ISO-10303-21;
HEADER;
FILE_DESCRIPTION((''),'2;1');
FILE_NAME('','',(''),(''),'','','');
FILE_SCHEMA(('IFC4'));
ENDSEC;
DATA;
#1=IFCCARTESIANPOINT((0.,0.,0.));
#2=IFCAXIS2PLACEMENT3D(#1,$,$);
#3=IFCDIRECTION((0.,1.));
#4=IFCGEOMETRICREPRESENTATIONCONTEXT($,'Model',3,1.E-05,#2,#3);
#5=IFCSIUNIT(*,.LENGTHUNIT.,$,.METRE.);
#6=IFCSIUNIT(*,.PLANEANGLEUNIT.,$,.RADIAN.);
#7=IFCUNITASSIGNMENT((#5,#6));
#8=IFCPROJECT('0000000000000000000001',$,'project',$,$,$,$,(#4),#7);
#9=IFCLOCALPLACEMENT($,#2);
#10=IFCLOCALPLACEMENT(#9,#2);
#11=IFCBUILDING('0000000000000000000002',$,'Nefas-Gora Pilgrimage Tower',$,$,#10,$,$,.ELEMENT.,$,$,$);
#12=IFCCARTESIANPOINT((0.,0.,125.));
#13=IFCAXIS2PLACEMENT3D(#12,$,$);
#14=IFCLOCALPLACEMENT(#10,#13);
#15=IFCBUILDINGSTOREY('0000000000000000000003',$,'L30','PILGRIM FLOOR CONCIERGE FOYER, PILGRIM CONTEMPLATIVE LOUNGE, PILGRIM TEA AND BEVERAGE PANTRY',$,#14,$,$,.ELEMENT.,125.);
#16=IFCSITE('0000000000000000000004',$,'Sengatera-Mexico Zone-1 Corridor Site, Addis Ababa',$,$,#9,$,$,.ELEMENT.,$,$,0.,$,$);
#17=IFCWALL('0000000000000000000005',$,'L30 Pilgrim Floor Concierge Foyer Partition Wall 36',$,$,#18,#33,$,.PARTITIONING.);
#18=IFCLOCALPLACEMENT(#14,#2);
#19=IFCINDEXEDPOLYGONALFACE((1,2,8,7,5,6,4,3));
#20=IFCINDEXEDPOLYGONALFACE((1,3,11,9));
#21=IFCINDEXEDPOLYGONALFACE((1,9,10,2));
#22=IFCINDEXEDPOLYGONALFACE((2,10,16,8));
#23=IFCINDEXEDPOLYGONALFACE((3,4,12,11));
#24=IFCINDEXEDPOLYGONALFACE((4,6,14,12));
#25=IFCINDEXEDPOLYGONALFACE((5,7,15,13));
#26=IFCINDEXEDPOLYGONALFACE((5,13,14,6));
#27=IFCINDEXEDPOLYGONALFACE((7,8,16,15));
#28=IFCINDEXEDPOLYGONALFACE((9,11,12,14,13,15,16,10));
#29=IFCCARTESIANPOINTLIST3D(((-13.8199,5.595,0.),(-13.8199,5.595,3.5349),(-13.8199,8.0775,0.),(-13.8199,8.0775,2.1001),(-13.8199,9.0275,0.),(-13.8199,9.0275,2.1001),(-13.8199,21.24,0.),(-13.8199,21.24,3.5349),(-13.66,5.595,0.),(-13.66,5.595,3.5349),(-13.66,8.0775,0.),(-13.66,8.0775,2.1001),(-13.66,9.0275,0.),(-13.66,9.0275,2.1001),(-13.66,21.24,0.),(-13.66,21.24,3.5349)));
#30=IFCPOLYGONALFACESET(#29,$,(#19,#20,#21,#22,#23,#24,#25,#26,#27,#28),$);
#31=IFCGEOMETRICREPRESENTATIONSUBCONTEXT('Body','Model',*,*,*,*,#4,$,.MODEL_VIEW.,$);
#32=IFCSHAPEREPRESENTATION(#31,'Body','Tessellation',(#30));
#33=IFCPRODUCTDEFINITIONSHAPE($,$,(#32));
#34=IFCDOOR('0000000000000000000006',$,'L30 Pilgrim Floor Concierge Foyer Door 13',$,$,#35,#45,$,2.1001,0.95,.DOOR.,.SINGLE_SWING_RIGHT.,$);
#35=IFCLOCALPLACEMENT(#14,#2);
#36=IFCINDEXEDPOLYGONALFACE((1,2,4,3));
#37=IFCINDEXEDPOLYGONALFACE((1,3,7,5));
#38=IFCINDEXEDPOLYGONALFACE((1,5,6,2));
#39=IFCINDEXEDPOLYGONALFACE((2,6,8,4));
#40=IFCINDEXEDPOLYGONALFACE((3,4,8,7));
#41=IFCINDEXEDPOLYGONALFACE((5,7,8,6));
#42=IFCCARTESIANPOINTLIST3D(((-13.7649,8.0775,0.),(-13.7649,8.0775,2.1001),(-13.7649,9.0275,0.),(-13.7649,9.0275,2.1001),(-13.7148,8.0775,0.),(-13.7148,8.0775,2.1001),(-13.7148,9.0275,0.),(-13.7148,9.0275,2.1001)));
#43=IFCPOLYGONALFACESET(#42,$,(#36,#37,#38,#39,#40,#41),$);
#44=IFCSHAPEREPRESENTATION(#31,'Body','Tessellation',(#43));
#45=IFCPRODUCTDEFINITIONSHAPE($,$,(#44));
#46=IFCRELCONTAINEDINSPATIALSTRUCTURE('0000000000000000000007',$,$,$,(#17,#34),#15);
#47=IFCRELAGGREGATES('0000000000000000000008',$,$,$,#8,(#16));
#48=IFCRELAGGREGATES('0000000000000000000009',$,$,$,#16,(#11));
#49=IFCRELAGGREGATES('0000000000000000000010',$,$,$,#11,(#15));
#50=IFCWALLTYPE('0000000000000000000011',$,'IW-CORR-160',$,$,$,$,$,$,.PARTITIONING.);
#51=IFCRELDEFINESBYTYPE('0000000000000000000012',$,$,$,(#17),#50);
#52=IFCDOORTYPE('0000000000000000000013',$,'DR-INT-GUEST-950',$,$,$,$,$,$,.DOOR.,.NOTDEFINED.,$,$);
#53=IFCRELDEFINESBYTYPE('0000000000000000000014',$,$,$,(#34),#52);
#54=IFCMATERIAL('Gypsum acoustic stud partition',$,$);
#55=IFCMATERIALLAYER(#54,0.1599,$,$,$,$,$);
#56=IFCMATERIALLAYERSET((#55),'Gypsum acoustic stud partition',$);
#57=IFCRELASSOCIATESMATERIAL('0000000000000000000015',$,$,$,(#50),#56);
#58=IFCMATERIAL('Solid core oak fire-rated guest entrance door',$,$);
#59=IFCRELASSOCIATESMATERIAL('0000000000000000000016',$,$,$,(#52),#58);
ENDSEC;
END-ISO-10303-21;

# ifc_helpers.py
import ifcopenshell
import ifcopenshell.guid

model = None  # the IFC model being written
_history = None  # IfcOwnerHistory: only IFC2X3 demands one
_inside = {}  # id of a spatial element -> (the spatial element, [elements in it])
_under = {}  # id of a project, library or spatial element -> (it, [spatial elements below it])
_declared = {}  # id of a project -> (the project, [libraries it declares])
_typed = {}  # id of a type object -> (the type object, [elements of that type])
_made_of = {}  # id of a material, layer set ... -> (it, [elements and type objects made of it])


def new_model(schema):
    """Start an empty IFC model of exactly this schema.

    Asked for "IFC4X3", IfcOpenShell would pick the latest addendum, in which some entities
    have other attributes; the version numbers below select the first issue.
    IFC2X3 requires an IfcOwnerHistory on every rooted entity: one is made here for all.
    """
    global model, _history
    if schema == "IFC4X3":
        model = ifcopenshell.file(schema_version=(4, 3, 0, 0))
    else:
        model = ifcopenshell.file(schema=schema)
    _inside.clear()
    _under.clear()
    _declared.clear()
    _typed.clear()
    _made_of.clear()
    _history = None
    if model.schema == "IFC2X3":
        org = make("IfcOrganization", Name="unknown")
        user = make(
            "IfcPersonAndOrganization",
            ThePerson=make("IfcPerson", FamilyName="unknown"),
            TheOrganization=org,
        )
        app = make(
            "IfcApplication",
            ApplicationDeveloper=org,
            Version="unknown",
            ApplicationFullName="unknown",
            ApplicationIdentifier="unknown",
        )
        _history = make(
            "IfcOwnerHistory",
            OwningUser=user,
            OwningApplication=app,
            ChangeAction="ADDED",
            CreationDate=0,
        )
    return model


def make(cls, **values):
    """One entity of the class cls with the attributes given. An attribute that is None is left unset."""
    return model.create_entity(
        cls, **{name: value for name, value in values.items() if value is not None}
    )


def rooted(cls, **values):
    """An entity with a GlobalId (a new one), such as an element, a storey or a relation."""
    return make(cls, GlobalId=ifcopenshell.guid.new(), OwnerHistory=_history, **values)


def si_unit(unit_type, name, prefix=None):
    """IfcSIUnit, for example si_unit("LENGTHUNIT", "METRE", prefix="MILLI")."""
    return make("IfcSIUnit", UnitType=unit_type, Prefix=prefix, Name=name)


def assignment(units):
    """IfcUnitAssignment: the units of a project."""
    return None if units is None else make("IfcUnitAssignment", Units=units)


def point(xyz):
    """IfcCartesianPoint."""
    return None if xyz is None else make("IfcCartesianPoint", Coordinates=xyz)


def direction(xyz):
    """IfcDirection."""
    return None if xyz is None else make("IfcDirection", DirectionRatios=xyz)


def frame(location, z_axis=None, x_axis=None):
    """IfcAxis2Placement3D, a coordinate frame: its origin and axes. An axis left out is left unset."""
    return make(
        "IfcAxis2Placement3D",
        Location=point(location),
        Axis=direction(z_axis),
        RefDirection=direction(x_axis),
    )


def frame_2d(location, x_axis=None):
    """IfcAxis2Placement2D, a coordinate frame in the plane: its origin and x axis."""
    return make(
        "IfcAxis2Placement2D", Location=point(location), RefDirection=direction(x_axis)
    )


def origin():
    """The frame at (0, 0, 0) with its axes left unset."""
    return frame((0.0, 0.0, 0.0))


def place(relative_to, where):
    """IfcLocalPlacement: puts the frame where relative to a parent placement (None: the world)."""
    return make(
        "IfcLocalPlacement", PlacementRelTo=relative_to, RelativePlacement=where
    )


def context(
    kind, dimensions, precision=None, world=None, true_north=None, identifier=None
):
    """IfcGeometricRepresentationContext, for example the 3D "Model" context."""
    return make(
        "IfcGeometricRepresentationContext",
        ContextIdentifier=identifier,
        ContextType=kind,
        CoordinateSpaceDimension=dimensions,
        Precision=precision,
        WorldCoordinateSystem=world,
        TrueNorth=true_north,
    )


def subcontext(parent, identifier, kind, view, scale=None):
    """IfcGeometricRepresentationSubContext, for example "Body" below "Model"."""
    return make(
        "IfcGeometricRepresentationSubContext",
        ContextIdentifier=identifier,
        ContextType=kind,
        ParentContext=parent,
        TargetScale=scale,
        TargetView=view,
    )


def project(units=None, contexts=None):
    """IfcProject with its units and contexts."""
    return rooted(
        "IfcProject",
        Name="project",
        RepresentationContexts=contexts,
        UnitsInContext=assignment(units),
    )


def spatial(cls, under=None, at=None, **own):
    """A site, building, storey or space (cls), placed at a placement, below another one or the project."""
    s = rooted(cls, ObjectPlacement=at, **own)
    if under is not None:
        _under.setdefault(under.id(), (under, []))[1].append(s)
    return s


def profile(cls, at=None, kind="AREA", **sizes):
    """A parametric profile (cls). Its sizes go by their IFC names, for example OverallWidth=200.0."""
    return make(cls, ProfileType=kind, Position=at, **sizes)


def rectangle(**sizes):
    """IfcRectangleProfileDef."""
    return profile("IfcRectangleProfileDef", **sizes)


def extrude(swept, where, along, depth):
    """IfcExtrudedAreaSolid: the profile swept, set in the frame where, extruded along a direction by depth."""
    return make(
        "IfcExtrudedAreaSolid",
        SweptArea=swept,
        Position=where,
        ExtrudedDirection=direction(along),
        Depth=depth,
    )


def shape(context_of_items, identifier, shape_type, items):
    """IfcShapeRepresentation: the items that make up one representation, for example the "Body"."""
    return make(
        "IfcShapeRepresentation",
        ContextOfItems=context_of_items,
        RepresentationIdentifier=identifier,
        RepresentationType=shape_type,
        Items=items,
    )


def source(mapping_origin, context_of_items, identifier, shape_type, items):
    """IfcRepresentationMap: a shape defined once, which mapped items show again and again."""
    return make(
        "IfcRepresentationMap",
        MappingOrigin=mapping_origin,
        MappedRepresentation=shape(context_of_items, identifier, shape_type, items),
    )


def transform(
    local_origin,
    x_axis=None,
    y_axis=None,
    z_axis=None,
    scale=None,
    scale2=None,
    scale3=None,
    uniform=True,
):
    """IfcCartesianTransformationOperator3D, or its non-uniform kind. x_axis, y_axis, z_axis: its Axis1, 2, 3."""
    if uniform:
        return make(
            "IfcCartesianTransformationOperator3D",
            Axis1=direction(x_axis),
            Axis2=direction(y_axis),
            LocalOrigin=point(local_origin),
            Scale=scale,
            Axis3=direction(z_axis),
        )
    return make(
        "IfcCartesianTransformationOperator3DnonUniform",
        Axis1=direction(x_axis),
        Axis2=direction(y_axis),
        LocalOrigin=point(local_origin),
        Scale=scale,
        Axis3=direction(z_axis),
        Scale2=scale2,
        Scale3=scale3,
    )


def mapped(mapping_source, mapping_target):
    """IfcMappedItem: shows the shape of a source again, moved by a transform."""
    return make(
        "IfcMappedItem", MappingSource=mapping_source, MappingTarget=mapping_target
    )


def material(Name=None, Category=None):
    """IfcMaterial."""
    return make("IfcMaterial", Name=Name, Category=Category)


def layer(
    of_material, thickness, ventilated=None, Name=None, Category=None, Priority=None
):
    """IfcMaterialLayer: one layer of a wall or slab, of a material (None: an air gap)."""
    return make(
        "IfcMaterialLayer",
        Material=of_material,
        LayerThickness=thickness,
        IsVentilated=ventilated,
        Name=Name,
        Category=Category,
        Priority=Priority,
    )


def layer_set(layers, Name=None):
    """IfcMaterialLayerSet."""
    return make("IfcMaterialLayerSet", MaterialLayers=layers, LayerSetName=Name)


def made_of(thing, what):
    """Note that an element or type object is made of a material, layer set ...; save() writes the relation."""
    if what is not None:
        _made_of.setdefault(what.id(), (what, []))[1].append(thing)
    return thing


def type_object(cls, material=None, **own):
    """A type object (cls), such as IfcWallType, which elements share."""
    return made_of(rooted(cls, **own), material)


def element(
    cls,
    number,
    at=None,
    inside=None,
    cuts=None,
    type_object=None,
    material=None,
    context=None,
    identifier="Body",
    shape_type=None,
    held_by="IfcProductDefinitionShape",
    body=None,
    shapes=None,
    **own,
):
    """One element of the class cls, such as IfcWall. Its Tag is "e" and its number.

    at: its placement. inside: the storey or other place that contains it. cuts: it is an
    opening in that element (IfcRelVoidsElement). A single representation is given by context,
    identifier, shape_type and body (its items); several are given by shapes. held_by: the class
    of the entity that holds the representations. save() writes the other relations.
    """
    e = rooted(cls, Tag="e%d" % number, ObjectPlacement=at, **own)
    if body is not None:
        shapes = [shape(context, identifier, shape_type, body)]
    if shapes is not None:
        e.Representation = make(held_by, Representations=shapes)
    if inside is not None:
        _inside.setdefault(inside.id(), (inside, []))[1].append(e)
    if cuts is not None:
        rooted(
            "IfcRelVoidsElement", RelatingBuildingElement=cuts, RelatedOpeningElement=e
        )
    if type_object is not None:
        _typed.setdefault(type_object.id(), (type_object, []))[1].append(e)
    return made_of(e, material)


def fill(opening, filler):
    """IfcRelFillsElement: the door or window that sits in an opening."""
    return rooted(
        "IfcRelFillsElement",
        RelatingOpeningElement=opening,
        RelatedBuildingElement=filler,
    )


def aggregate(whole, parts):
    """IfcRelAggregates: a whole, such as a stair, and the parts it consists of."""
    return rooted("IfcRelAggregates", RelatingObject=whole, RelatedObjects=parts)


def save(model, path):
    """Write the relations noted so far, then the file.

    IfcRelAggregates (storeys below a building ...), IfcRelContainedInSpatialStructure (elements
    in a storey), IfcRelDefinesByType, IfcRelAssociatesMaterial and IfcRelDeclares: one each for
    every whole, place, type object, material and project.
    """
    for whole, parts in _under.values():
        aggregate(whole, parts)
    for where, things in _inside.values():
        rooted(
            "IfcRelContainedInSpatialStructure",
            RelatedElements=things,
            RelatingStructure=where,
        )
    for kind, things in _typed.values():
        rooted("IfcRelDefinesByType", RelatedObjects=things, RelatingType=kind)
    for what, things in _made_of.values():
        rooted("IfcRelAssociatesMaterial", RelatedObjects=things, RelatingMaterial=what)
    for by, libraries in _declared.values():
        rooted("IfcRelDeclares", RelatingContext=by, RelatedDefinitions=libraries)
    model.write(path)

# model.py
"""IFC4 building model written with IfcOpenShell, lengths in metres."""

from ifc_helpers import new_model, si_unit, direction, frame, frame_2d, origin, place, context, subcontext, project, spatial, rectangle, extrude, source, transform, mapped, material, layer, layer_set, type_object, element, fill, save


model = new_model("IFC4")

# Units and contexts
model_context = context("Model", 3, precision=1e-05, world=origin(), true_north=direction((0.0, 1.0)))
body_context = subcontext(model_context, "Body", "Model", "MODEL_VIEW")
ifc_project = project(units=[si_unit("LENGTHUNIT", "METRE"), si_unit("PLANEANGLEUNIT", "RADIAN")], contexts=[model_context])

# Site, building, storey
site_placement = place(None, origin())
site = spatial("IfcSite", under=ifc_project, at=site_placement, Name="Sengatera-Mexico Zone-1 Corridor Site, Addis Ababa", CompositionType="ELEMENT", RefElevation=0.0)
building_placement = place(site_placement, origin())
building = spatial("IfcBuilding", under=site, at=building_placement, Name="Nefas-Gora Pilgrimage Tower", CompositionType="ELEMENT")
storey_placement = place(building_placement, frame((0.0, 0.0, 125.0)))
storey = spatial("IfcBuildingStorey", under=building, at=storey_placement, Name="L30", Description="PILGRIM FLOOR CONCIERGE FOYER, PILGRIM CONTEMPLATIVE LOUNGE, PILGRIM TEA AND BEVERAGE PANTRY", CompositionType="ELEMENT", Elevation=125.0)

# Shared definitions
ifc_material_1 = material(Name="Gypsum acoustic stud partition")
ifc_layer_1 = layer(ifc_material_1, 0.1599)
ifc_layer_set_1 = layer_set([ifc_layer_1], Name="Gypsum acoustic stud partition")
wall_type_1 = type_object("IfcWallType", Name="IW-CORR-160", PredefinedType="PARTITIONING", material=ifc_layer_set_1)
ifc_material_2 = material(Name="Solid core oak fire-rated guest entrance door")
door_type = type_object("IfcDoorType", Name="DR-INT-GUEST-950", OperationType="NOTDEFINED", PredefinedType="DOOR", material=ifc_material_2)
shared_shape_1 = source(origin(), body_context, "Body", "SweptSolid", [
    extrude(rectangle(XDim=0.95, YDim=2.1001, at=frame_2d((0.4751, 1.05))), frame((0.0, 0.0249, 0.0), z_axis=(0.0, -1.0, 0.0), x_axis=(1.0, 0.0, 0.0)), (0.0, 0.0, 1.0), 0.05),
])

# Wall, opening, door
shared_shape_2 = source(origin(), body_context, "Body", "SweptSolid", [
    extrude(rectangle(XDim=15.645, YDim=0.1599, at=frame_2d((7.8225, 0.0))), origin(), (0.0, 0.0, 1.0), 3.5349),
])
wall_1_placement = place(storey_placement, frame((-13.74, 5.595, 0.0), z_axis=(0.0, 0.0, 1.0), x_axis=(0.0, 1.0, 0.0)))
wall_1 = element("IfcWall", 1, at=wall_1_placement, inside=storey, type_object=wall_type_1, Name="L30 Pilgrim Floor Concierge Foyer Partition Wall 36", PredefinedType="PARTITIONING", context=body_context, shape_type="MappedRepresentation", body=[
    mapped(shared_shape_2, transform((0.0, 0.0, 0.0), x_axis=(1.0, 0.0, 0.0), y_axis=(0.0, 1.0, 0.0), z_axis=(0.0, 0.0, 1.0), scale=1.0)),
])
opening_1_placement = place(wall_1_placement, frame((2.4824, 0.0, 0.0)))
opening_1 = element("IfcOpeningElement", 2, at=opening_1_placement, cuts=wall_1, PredefinedType="OPENING", context=body_context, shape_type="SweptSolid", body=[
    extrude(rectangle(XDim=0.95, YDim=2.1001, at=frame_2d((0.4751, 1.05))), frame((0.0, 0.0898, 0.0), z_axis=(0.0, -1.0, 0.0), x_axis=(1.0, 0.0, 0.0)), (0.0, 0.0, 1.0), 0.1799),
])
door_1_placement = place(opening_1_placement, origin())
door_1 = element("IfcDoor", 3, at=door_1_placement, inside=storey, type_object=door_type, Name="L30 Pilgrim Floor Concierge Foyer Door 13", OperationType="SINGLE_SWING_RIGHT", OverallHeight=2.1001, OverallWidth=0.95, PredefinedType="DOOR", context=body_context, shape_type="MappedRepresentation", body=[
    mapped(shared_shape_1, transform((0.0, 0.0, 0.0), x_axis=(1.0, 0.0, 0.0), y_axis=(0.0, 1.0, 0.0), z_axis=(0.0, 0.0, 1.0), scale=1.0)),
])
fill(opening_1, door_1)

save(model, "model.ifc")
